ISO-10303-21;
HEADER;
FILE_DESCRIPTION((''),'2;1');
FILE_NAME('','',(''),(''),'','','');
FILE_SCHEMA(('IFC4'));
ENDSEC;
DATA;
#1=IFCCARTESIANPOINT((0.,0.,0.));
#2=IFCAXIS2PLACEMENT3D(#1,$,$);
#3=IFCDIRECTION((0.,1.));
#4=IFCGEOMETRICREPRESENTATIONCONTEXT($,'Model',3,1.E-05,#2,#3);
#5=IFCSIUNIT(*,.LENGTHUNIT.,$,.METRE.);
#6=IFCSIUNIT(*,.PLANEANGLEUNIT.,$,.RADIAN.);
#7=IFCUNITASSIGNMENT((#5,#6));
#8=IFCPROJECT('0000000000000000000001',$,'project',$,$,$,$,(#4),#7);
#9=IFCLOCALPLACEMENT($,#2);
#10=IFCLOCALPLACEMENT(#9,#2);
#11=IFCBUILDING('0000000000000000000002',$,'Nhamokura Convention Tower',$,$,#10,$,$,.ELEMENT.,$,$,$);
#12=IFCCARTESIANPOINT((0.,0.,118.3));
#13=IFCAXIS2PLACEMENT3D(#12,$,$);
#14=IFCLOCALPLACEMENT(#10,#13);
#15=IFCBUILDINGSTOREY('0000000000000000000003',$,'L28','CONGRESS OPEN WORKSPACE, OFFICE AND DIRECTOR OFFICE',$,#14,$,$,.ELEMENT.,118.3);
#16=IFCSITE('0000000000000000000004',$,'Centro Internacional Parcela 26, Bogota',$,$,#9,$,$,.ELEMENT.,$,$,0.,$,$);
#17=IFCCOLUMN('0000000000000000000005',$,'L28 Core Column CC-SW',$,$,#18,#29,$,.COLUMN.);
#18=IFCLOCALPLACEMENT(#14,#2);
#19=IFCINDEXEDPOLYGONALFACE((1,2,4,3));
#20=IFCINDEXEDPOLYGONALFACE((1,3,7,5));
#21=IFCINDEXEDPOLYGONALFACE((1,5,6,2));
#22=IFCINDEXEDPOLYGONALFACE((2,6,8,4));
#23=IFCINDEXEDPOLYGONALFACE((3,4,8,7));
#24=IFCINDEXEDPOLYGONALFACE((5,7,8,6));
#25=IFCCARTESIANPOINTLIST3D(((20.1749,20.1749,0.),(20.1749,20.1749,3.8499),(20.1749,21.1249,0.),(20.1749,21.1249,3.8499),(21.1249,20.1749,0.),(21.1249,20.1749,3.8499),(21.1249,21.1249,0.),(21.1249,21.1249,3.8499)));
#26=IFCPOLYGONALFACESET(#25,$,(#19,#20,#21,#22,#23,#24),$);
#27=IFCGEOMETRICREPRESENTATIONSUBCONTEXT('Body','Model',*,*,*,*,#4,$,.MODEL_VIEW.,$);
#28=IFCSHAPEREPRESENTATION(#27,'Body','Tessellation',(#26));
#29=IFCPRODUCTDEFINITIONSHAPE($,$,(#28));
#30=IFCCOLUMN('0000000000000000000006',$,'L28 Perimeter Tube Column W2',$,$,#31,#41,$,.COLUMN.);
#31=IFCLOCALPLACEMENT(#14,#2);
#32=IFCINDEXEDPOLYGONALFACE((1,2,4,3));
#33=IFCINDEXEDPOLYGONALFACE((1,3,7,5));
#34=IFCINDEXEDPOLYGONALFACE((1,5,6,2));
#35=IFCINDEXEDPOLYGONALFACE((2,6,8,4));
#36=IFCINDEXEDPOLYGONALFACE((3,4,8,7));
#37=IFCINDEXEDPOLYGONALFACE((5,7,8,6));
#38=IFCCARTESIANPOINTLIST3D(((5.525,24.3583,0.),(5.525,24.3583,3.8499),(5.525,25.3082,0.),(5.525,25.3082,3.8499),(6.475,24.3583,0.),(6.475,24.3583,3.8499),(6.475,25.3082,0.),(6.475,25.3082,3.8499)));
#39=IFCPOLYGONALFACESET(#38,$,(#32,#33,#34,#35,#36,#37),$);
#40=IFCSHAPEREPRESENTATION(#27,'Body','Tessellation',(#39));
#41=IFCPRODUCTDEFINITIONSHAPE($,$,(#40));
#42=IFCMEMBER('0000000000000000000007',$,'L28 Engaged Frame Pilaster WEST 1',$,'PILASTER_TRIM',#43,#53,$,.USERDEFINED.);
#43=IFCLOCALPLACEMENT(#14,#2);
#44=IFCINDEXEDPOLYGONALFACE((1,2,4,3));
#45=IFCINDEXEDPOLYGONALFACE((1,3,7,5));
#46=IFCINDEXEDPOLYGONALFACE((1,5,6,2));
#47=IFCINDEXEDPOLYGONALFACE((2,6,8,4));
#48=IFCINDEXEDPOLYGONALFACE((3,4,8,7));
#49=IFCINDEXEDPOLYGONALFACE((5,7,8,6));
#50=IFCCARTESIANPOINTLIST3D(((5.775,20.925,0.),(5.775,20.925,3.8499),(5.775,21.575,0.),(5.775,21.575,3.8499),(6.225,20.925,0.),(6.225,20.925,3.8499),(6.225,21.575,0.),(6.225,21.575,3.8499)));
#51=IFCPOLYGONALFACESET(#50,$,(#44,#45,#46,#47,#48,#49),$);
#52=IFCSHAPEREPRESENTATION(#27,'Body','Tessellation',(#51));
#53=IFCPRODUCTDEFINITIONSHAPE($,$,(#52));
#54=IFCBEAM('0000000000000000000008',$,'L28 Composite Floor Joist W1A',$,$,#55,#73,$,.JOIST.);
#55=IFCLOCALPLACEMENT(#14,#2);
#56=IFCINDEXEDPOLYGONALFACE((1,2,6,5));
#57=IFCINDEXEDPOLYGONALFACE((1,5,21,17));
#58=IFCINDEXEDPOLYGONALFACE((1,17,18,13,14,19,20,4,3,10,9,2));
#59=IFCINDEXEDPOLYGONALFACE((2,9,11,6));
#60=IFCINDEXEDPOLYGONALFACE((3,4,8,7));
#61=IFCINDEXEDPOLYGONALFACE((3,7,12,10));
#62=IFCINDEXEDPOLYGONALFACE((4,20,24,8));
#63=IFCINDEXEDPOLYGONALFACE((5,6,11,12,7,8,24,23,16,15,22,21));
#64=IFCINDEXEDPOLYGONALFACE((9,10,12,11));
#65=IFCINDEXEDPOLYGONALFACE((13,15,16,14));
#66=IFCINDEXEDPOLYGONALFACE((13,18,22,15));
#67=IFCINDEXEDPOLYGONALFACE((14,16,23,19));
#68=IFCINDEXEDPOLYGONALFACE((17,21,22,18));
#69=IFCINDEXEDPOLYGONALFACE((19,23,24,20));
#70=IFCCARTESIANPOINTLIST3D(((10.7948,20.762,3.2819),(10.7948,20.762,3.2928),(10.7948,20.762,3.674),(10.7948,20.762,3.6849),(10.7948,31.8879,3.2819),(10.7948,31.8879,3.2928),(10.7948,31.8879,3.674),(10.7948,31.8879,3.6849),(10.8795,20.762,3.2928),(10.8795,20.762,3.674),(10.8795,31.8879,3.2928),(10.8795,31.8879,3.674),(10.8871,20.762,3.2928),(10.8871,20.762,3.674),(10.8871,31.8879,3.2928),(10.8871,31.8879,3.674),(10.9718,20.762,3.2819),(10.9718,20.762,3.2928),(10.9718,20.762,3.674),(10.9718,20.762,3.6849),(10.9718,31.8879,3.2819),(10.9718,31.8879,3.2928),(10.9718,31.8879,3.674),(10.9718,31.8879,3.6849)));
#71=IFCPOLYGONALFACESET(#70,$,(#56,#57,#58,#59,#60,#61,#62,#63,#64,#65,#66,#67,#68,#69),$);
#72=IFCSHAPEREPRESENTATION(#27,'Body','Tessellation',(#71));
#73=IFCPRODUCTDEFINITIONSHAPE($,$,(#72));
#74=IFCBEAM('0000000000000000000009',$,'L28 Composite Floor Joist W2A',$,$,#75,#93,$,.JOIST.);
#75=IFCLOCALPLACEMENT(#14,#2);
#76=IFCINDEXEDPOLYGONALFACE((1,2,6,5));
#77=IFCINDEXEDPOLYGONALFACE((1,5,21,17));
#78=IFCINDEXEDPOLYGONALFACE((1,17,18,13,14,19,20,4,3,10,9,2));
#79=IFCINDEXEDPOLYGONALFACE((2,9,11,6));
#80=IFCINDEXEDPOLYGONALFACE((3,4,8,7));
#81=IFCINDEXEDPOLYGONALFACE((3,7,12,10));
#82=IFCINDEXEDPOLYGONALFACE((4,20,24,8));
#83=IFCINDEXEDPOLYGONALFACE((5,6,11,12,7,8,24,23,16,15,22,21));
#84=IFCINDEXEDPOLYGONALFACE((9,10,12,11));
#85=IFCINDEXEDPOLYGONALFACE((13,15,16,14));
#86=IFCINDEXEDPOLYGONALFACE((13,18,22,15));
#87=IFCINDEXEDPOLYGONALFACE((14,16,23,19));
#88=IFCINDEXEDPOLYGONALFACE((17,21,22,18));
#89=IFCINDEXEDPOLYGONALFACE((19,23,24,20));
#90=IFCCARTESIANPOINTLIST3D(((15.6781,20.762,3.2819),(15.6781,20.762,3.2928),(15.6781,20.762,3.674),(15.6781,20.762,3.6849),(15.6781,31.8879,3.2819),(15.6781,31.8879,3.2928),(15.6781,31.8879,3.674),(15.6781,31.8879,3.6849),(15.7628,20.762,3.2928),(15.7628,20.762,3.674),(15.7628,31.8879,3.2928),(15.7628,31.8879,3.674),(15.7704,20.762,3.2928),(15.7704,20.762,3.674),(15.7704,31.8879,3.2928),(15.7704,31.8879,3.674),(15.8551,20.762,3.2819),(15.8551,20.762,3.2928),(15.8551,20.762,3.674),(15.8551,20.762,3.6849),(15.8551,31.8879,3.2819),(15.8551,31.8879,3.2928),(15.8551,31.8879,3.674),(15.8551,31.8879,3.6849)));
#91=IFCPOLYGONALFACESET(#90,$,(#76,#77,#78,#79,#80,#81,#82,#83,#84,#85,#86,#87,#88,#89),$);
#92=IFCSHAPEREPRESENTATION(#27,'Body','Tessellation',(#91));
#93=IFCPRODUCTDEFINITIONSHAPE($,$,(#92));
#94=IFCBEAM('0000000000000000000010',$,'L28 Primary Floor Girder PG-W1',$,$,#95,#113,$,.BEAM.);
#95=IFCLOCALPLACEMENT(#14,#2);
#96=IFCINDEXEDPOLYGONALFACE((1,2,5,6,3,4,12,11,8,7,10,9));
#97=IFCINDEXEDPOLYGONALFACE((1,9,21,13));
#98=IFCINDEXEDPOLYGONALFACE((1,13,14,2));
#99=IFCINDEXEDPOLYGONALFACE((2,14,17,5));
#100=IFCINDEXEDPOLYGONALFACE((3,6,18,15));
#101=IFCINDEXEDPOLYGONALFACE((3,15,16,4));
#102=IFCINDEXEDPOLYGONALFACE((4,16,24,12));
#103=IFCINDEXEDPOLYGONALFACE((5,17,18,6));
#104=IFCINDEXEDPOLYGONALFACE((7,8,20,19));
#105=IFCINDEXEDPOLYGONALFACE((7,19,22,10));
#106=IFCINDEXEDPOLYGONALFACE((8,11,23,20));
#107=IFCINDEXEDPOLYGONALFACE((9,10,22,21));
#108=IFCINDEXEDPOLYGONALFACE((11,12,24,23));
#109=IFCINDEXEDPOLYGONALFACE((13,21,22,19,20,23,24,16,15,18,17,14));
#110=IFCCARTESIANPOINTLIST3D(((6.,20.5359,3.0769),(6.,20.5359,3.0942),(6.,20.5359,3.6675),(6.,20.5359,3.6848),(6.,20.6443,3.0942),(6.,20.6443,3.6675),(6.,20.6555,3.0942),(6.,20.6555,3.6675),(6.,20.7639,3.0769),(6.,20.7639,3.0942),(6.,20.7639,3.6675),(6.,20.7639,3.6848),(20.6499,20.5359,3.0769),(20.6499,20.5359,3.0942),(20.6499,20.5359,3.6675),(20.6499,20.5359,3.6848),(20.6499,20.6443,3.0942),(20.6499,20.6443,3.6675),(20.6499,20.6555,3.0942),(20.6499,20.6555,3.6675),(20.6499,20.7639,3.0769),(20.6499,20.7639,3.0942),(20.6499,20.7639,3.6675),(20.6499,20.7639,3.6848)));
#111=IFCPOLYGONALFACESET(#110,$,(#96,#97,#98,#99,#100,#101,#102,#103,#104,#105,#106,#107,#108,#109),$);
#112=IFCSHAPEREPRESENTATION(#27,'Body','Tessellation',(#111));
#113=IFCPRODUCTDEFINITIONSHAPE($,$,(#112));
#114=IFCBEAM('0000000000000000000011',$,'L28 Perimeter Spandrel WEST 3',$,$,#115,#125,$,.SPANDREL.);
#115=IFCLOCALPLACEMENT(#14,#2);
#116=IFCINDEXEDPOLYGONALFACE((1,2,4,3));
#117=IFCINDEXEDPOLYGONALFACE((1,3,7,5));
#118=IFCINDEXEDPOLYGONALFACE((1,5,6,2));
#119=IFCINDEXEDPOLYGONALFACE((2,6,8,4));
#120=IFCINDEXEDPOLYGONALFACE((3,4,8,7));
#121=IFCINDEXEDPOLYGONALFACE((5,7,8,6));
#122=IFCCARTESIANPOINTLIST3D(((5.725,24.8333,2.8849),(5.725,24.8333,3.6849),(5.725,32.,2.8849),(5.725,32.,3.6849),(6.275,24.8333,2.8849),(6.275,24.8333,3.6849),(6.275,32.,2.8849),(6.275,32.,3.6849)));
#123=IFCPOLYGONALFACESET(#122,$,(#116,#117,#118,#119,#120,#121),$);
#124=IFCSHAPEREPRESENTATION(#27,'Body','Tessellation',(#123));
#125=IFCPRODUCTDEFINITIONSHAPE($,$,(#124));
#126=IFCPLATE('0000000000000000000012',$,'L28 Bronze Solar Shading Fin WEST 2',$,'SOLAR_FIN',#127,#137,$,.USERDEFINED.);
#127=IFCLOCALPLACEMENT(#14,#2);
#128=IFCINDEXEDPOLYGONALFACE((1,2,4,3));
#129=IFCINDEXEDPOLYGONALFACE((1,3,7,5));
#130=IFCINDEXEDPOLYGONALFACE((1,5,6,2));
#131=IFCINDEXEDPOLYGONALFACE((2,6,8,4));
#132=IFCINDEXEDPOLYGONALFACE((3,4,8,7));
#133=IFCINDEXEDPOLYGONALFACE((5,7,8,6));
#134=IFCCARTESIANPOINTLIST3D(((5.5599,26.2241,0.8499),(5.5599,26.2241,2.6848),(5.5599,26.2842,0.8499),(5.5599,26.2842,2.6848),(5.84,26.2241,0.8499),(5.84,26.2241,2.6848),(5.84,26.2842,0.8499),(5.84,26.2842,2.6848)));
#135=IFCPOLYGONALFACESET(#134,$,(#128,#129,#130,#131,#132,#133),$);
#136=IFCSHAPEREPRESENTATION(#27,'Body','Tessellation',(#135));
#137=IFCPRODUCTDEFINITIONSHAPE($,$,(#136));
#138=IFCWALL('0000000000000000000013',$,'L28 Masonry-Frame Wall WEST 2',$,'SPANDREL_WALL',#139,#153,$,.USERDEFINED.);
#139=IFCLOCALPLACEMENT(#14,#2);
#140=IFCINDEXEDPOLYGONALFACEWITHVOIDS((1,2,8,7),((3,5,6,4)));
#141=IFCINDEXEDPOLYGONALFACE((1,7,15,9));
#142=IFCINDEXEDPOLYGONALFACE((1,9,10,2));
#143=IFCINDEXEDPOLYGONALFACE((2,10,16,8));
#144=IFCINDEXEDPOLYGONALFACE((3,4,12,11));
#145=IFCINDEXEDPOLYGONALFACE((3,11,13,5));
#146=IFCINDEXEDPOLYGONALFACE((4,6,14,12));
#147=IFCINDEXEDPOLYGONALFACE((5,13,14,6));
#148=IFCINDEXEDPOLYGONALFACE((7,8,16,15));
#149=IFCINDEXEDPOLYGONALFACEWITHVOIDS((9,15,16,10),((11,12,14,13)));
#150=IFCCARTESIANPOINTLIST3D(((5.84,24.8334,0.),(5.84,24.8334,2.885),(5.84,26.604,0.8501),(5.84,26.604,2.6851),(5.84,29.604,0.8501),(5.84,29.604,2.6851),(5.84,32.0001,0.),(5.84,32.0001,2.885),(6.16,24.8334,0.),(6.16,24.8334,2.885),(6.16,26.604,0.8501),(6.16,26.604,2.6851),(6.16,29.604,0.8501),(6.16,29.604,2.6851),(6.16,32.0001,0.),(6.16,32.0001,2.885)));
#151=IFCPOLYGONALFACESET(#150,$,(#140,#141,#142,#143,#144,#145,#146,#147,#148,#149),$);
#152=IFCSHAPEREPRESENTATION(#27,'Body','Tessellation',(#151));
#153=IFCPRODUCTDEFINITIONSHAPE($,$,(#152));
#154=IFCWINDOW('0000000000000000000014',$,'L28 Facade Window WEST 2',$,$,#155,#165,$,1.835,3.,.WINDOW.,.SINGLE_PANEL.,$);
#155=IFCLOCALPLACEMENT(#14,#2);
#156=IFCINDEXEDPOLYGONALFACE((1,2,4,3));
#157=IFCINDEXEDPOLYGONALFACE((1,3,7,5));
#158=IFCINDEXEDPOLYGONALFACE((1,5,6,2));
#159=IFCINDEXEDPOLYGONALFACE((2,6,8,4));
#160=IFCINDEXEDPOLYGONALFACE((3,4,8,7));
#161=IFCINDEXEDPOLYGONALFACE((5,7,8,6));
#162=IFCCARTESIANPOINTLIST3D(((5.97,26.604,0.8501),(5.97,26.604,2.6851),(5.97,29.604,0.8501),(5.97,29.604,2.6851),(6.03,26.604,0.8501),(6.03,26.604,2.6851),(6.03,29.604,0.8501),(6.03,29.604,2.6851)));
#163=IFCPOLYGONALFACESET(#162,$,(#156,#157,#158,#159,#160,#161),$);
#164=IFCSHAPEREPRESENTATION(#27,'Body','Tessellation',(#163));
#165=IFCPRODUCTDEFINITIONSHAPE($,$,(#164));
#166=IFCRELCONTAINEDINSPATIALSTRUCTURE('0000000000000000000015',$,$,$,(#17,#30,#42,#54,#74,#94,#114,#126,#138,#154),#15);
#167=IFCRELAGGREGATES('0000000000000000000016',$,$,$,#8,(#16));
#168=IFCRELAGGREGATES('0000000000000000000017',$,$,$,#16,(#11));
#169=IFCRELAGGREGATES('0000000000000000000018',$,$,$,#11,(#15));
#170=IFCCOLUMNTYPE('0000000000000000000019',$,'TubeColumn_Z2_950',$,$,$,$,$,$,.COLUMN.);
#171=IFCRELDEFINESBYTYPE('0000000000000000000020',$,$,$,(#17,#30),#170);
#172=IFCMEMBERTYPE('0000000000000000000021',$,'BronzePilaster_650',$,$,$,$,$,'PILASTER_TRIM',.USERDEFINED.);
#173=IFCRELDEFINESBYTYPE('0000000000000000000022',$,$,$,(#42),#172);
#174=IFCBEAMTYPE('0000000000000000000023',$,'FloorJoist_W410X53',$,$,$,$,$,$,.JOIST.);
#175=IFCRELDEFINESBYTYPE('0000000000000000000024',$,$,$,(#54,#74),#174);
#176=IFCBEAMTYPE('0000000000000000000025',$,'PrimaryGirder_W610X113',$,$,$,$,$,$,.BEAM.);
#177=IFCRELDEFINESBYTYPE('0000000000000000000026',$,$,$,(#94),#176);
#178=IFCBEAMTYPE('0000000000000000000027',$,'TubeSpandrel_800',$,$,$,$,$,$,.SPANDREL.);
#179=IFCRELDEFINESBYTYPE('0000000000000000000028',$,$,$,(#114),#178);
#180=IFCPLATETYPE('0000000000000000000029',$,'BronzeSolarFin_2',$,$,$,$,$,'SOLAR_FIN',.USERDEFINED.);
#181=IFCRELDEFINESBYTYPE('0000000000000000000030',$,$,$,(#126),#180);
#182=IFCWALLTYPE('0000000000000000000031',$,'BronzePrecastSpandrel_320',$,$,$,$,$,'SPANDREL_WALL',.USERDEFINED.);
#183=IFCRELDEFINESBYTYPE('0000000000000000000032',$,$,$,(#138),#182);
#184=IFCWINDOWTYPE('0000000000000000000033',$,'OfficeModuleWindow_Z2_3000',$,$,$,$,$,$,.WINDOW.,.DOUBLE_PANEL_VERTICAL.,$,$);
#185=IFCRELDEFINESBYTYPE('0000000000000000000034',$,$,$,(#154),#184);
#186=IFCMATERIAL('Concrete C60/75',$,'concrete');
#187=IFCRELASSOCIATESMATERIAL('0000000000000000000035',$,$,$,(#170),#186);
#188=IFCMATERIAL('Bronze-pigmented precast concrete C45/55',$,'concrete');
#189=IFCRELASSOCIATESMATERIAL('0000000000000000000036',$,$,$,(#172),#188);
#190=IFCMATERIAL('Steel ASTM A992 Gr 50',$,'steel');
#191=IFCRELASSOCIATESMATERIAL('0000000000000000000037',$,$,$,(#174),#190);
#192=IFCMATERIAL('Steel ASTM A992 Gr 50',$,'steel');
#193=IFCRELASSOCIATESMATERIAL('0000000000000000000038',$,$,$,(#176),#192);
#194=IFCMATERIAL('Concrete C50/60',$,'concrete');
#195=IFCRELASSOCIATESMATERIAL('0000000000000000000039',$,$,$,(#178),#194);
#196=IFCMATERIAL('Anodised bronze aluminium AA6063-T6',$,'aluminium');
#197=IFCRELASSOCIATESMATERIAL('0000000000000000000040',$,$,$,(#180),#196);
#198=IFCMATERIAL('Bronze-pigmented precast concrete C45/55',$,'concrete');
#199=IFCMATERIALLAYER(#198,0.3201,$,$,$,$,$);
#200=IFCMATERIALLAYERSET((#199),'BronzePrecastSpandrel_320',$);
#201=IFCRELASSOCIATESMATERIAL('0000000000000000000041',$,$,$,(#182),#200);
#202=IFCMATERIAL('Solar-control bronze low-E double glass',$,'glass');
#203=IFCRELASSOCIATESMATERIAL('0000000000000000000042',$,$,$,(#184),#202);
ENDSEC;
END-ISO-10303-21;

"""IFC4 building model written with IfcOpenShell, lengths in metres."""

from ifc_helpers import new_model, si_unit, direction, frame, frame_2d, origin, origin_2d, place, context, subcontext, project, spatial, rectangle, i_section, extrude, material, layer, layer_set, material_profile, profile_set, type_object, element, fill, save


model = new_model("IFC4")

# Units and contexts
model_context = context("Model", 3, precision=1e-05, world=origin(), true_north=direction((0.0, 1.0)))
body_context = subcontext(model_context, "Body", "Model", "MODEL_VIEW")
ifc_project = project(units=[si_unit("LENGTHUNIT", "METRE"), si_unit("PLANEANGLEUNIT", "RADIAN")], contexts=[model_context])

# Site, building, storey
site_placement = place(None, origin())
site = spatial("IfcSite", under=ifc_project, at=site_placement, Name="Centro Internacional Parcela 26, Bogota", CompositionType="ELEMENT", RefElevation=0.0)
building_placement = place(site_placement, origin())
building = spatial("IfcBuilding", under=site, at=building_placement, Name="Nhamokura Convention Tower", CompositionType="ELEMENT")
storey_placement = place(building_placement, frame((0.0, 0.0, 118.3)))
storey = spatial("IfcBuildingStorey", under=building, at=storey_placement, Name="L28", Description="CONGRESS OPEN WORKSPACE, OFFICE AND DIRECTOR OFFICE", CompositionType="ELEMENT", Elevation=118.3)

# Columns
ifc_material_1 = material(Name="Concrete C60/75", Category="concrete")
ifc_material_profile_1 = material_profile(ifc_material_1, rectangle(XDim=0.95, YDim=0.95, at=origin_2d()))
ifc_profile_set_1 = profile_set([ifc_material_profile_1], Name="Concrete C60/75")
column_type = type_object("IfcColumnType", Name="TubeColumn_Z2_950", PredefinedType="COLUMN", material=ifc_profile_set_1)
for number, where, z_axis, x_axis, name in (
    (1, (20.6499, 20.6499, 0.0), (0.0, 0.0, 1.0), (1.0, 0.0, 0.0), "L28 Core Column CC-SW"),
    (2, (6.0, 24.8333, 0.0), (0.0, 0.0, 1.0), (1.0, 0.0, 0.0), "L28 Perimeter Tube Column W2"),
):
    element("IfcColumn", number, at=place(storey_placement, frame(where, z_axis=z_axis, x_axis=x_axis)), inside=storey, type_object=column_type, Name=name, PredefinedType="COLUMN", context=body_context, shape_type="SweptSolid", body=[
        extrude(rectangle(XDim=0.95, YDim=0.95, at=origin_2d()), origin(), (0.0, 0.0, 1.0), 3.8499),
    ])

# Member
ifc_material_2 = material(Name="Bronze-pigmented precast concrete C45/55", Category="concrete")
ifc_material_profile_2 = material_profile(ifc_material_2, rectangle(XDim=0.45, YDim=0.6499, at=origin_2d()))
ifc_profile_set_2 = profile_set([ifc_material_profile_2], Name="Bronze-pigmented precast concrete C45/55")
member_type = type_object("IfcMemberType", Name="BronzePilaster_650", ElementType="PILASTER_TRIM", PredefinedType="USERDEFINED", material=ifc_profile_set_2)
member_placement = place(storey_placement, frame((6.0, 21.25, 0.0), z_axis=(0.0, 0.0, 1.0), x_axis=(1.0, 0.0, 0.0)))
element("IfcMember", 3, at=member_placement, inside=storey, type_object=member_type, Name="L28 Engaged Frame Pilaster WEST 1", ObjectType="PILASTER_TRIM", PredefinedType="USERDEFINED", context=body_context, shape_type="SweptSolid", body=[
    extrude(rectangle(XDim=0.45, YDim=0.6499, at=origin_2d()), origin(), (0.0, 0.0, 1.0), 3.8499),
])

# Beams
ifc_material_3 = material(Name="Steel ASTM A992 Gr 50", Category="steel")
ifc_material_profile_3 = material_profile(ifc_material_3, i_section(OverallWidth=0.177, OverallDepth=0.4031, WebThickness=0.0076, FlangeThickness=0.011, at=origin_2d()))
ifc_profile_set_3 = profile_set([ifc_material_profile_3], Name="Steel ASTM A992 Gr 50")
beam_type_1 = type_object("IfcBeamType", Name="FloorJoist_W410X53", PredefinedType="JOIST", material=ifc_profile_set_3)
for number, where, z_axis, x_axis, name in (
    (4, (10.8833, 20.762, 3.4834), (0.0, 1.0, 0.0), (-1.0, 0.0, 0.0), "L28 Composite Floor Joist W1A"),
    (5, (15.7666, 20.762, 3.4834), (0.0, 1.0, 0.0), (-1.0, 0.0, 0.0), "L28 Composite Floor Joist W2A"),
):
    element("IfcBeam", number, at=place(storey_placement, frame(where, z_axis=z_axis, x_axis=x_axis)), inside=storey, type_object=beam_type_1, Name=name, PredefinedType="JOIST", context=body_context, shape_type="SweptSolid", body=[
        extrude(i_section(OverallWidth=0.177, OverallDepth=0.4031, WebThickness=0.0076, FlangeThickness=0.011, at=origin_2d()), origin(), (0.0, 0.0, 1.0), 11.126),
    ])
ifc_material_4 = material(Name="Steel ASTM A992 Gr 50", Category="steel")
ifc_material_profile_4 = material_profile(ifc_material_4, i_section(OverallWidth=0.228, OverallDepth=0.6079, WebThickness=0.0112, FlangeThickness=0.0173, at=origin_2d()))
ifc_profile_set_4 = profile_set([ifc_material_profile_4], Name="Steel ASTM A992 Gr 50")
beam_type_2 = type_object("IfcBeamType", Name="PrimaryGirder_W610X113", PredefinedType="BEAM", material=ifc_profile_set_4)
beam_1_placement = place(storey_placement, frame((6.0, 20.6499, 3.3809), z_axis=(1.0, 0.0, 0.0), x_axis=(0.0, 1.0, 0.0)))
element("IfcBeam", 6, at=beam_1_placement, inside=storey, type_object=beam_type_2, Name="L28 Primary Floor Girder PG-W1", PredefinedType="BEAM", context=body_context, shape_type="SweptSolid", body=[
    extrude(i_section(OverallWidth=0.228, OverallDepth=0.6079, WebThickness=0.0112, FlangeThickness=0.0173, at=origin_2d()), origin(), (0.0, 0.0, 1.0), 14.6499),
])
ifc_material_5 = material(Name="Concrete C50/60", Category="concrete")
ifc_material_profile_5 = material_profile(ifc_material_5, rectangle(XDim=0.55, YDim=0.8, at=origin_2d()))
ifc_profile_set_5 = profile_set([ifc_material_profile_5], Name="Concrete C50/60")
beam_type_3 = type_object("IfcBeamType", Name="TubeSpandrel_800", PredefinedType="SPANDREL", material=ifc_profile_set_5)
beam_2_placement = place(storey_placement, frame((6.0, 24.8333, 3.2849), z_axis=(0.0, 1.0, 0.0), x_axis=(-1.0, 0.0, 0.0)))
element("IfcBeam", 7, at=beam_2_placement, inside=storey, type_object=beam_type_3, Name="L28 Perimeter Spandrel WEST 3", PredefinedType="SPANDREL", context=body_context, shape_type="SweptSolid", body=[
    extrude(rectangle(XDim=0.55, YDim=0.8, at=origin_2d()), origin(), (0.0, 0.0, 1.0), 7.1667),
])

# Plate
ifc_material_6 = material(Name="Anodised bronze aluminium AA6063-T6", Category="aluminium")
plate_type = type_object("IfcPlateType", Name="BronzeSolarFin_2", ElementType="SOLAR_FIN", PredefinedType="USERDEFINED", material=ifc_material_6)
plate_placement = place(storey_placement, frame((5.7, 26.2542, 0.8499), z_axis=(0.0, 0.0, 1.0), x_axis=(1.0, 0.0, 0.0)))
element("IfcPlate", 8, at=plate_placement, inside=storey, type_object=plate_type, Name="L28 Bronze Solar Shading Fin WEST 2", ObjectType="SOLAR_FIN", PredefinedType="USERDEFINED", context=body_context, shape_type="SweptSolid", body=[
    extrude(rectangle(XDim=0.28, YDim=0.0601, at=origin_2d()), origin(), (0.0, 0.0, 1.0), 1.835),
])

# Wall, opening, window
ifc_material_7 = material(Name="Bronze-pigmented precast concrete C45/55", Category="concrete")
ifc_layer_1 = layer(ifc_material_7, 0.3201)
ifc_layer_set_1 = layer_set([ifc_layer_1], Name="BronzePrecastSpandrel_320")
wall_type_1 = type_object("IfcWallType", Name="BronzePrecastSpandrel_320", ElementType="SPANDREL_WALL", PredefinedType="USERDEFINED", material=ifc_layer_set_1)
wall_1_placement = place(storey_placement, frame((6.0, 24.8333, 0.0), z_axis=(0.0, 0.0, 1.0), x_axis=(0.0, 1.0, 0.0)))
wall_1 = element("IfcWall", 9, at=wall_1_placement, inside=storey, type_object=wall_type_1, Name="L28 Masonry-Frame Wall WEST 2", ObjectType="SPANDREL_WALL", PredefinedType="USERDEFINED", context=body_context, shape_type="SweptSolid", body=[
    extrude(rectangle(XDim=7.1667, YDim=0.3201, at=frame_2d((3.5835, 0.0))), origin(), (0.0, 0.0, 1.0), 2.885),
])
opening_1_placement = place(wall_1_placement, frame((1.7708, 0.0, 0.8501)))
opening_1 = element("IfcOpeningElement", 10, at=opening_1_placement, cuts=wall_1, PredefinedType="OPENING", context=body_context, shape_type="SweptSolid", body=[
    extrude(rectangle(XDim=3.0, YDim=1.835, at=frame_2d((1.5, 0.9175))), frame((0.0, 0.1699, 0.0), z_axis=(0.0, -1.0, 0.0), x_axis=(1.0, 0.0, 0.0)), (0.0, 0.0, 1.0), 0.3401),
])
ifc_material_8 = material(Name="Solar-control bronze low-E double glass", Category="glass")
window_type = type_object("IfcWindowType", Name="OfficeModuleWindow_Z2_3000", PartitioningType="DOUBLE_PANEL_VERTICAL", PredefinedType="WINDOW", material=ifc_material_8)
window_placement = place(opening_1_placement, origin())
window = element("IfcWindow", 11, at=window_placement, inside=storey, type_object=window_type, Name="L28 Facade Window WEST 2", OverallHeight=1.835, OverallWidth=3.0, PartitioningType="SINGLE_PANEL", PredefinedType="WINDOW", context=body_context, shape_type="SweptSolid", body=[
    extrude(rectangle(XDim=3.0, YDim=1.835, at=frame_2d((1.5, 0.9175))), frame((0.0, 0.03, 0.0), z_axis=(0.0, -1.0, 0.0), x_axis=(1.0, 0.0, 0.0)), (0.0, 0.0, 1.0), 0.0601),
])
fill(opening_1, window)

save(model, "model.ifc")
